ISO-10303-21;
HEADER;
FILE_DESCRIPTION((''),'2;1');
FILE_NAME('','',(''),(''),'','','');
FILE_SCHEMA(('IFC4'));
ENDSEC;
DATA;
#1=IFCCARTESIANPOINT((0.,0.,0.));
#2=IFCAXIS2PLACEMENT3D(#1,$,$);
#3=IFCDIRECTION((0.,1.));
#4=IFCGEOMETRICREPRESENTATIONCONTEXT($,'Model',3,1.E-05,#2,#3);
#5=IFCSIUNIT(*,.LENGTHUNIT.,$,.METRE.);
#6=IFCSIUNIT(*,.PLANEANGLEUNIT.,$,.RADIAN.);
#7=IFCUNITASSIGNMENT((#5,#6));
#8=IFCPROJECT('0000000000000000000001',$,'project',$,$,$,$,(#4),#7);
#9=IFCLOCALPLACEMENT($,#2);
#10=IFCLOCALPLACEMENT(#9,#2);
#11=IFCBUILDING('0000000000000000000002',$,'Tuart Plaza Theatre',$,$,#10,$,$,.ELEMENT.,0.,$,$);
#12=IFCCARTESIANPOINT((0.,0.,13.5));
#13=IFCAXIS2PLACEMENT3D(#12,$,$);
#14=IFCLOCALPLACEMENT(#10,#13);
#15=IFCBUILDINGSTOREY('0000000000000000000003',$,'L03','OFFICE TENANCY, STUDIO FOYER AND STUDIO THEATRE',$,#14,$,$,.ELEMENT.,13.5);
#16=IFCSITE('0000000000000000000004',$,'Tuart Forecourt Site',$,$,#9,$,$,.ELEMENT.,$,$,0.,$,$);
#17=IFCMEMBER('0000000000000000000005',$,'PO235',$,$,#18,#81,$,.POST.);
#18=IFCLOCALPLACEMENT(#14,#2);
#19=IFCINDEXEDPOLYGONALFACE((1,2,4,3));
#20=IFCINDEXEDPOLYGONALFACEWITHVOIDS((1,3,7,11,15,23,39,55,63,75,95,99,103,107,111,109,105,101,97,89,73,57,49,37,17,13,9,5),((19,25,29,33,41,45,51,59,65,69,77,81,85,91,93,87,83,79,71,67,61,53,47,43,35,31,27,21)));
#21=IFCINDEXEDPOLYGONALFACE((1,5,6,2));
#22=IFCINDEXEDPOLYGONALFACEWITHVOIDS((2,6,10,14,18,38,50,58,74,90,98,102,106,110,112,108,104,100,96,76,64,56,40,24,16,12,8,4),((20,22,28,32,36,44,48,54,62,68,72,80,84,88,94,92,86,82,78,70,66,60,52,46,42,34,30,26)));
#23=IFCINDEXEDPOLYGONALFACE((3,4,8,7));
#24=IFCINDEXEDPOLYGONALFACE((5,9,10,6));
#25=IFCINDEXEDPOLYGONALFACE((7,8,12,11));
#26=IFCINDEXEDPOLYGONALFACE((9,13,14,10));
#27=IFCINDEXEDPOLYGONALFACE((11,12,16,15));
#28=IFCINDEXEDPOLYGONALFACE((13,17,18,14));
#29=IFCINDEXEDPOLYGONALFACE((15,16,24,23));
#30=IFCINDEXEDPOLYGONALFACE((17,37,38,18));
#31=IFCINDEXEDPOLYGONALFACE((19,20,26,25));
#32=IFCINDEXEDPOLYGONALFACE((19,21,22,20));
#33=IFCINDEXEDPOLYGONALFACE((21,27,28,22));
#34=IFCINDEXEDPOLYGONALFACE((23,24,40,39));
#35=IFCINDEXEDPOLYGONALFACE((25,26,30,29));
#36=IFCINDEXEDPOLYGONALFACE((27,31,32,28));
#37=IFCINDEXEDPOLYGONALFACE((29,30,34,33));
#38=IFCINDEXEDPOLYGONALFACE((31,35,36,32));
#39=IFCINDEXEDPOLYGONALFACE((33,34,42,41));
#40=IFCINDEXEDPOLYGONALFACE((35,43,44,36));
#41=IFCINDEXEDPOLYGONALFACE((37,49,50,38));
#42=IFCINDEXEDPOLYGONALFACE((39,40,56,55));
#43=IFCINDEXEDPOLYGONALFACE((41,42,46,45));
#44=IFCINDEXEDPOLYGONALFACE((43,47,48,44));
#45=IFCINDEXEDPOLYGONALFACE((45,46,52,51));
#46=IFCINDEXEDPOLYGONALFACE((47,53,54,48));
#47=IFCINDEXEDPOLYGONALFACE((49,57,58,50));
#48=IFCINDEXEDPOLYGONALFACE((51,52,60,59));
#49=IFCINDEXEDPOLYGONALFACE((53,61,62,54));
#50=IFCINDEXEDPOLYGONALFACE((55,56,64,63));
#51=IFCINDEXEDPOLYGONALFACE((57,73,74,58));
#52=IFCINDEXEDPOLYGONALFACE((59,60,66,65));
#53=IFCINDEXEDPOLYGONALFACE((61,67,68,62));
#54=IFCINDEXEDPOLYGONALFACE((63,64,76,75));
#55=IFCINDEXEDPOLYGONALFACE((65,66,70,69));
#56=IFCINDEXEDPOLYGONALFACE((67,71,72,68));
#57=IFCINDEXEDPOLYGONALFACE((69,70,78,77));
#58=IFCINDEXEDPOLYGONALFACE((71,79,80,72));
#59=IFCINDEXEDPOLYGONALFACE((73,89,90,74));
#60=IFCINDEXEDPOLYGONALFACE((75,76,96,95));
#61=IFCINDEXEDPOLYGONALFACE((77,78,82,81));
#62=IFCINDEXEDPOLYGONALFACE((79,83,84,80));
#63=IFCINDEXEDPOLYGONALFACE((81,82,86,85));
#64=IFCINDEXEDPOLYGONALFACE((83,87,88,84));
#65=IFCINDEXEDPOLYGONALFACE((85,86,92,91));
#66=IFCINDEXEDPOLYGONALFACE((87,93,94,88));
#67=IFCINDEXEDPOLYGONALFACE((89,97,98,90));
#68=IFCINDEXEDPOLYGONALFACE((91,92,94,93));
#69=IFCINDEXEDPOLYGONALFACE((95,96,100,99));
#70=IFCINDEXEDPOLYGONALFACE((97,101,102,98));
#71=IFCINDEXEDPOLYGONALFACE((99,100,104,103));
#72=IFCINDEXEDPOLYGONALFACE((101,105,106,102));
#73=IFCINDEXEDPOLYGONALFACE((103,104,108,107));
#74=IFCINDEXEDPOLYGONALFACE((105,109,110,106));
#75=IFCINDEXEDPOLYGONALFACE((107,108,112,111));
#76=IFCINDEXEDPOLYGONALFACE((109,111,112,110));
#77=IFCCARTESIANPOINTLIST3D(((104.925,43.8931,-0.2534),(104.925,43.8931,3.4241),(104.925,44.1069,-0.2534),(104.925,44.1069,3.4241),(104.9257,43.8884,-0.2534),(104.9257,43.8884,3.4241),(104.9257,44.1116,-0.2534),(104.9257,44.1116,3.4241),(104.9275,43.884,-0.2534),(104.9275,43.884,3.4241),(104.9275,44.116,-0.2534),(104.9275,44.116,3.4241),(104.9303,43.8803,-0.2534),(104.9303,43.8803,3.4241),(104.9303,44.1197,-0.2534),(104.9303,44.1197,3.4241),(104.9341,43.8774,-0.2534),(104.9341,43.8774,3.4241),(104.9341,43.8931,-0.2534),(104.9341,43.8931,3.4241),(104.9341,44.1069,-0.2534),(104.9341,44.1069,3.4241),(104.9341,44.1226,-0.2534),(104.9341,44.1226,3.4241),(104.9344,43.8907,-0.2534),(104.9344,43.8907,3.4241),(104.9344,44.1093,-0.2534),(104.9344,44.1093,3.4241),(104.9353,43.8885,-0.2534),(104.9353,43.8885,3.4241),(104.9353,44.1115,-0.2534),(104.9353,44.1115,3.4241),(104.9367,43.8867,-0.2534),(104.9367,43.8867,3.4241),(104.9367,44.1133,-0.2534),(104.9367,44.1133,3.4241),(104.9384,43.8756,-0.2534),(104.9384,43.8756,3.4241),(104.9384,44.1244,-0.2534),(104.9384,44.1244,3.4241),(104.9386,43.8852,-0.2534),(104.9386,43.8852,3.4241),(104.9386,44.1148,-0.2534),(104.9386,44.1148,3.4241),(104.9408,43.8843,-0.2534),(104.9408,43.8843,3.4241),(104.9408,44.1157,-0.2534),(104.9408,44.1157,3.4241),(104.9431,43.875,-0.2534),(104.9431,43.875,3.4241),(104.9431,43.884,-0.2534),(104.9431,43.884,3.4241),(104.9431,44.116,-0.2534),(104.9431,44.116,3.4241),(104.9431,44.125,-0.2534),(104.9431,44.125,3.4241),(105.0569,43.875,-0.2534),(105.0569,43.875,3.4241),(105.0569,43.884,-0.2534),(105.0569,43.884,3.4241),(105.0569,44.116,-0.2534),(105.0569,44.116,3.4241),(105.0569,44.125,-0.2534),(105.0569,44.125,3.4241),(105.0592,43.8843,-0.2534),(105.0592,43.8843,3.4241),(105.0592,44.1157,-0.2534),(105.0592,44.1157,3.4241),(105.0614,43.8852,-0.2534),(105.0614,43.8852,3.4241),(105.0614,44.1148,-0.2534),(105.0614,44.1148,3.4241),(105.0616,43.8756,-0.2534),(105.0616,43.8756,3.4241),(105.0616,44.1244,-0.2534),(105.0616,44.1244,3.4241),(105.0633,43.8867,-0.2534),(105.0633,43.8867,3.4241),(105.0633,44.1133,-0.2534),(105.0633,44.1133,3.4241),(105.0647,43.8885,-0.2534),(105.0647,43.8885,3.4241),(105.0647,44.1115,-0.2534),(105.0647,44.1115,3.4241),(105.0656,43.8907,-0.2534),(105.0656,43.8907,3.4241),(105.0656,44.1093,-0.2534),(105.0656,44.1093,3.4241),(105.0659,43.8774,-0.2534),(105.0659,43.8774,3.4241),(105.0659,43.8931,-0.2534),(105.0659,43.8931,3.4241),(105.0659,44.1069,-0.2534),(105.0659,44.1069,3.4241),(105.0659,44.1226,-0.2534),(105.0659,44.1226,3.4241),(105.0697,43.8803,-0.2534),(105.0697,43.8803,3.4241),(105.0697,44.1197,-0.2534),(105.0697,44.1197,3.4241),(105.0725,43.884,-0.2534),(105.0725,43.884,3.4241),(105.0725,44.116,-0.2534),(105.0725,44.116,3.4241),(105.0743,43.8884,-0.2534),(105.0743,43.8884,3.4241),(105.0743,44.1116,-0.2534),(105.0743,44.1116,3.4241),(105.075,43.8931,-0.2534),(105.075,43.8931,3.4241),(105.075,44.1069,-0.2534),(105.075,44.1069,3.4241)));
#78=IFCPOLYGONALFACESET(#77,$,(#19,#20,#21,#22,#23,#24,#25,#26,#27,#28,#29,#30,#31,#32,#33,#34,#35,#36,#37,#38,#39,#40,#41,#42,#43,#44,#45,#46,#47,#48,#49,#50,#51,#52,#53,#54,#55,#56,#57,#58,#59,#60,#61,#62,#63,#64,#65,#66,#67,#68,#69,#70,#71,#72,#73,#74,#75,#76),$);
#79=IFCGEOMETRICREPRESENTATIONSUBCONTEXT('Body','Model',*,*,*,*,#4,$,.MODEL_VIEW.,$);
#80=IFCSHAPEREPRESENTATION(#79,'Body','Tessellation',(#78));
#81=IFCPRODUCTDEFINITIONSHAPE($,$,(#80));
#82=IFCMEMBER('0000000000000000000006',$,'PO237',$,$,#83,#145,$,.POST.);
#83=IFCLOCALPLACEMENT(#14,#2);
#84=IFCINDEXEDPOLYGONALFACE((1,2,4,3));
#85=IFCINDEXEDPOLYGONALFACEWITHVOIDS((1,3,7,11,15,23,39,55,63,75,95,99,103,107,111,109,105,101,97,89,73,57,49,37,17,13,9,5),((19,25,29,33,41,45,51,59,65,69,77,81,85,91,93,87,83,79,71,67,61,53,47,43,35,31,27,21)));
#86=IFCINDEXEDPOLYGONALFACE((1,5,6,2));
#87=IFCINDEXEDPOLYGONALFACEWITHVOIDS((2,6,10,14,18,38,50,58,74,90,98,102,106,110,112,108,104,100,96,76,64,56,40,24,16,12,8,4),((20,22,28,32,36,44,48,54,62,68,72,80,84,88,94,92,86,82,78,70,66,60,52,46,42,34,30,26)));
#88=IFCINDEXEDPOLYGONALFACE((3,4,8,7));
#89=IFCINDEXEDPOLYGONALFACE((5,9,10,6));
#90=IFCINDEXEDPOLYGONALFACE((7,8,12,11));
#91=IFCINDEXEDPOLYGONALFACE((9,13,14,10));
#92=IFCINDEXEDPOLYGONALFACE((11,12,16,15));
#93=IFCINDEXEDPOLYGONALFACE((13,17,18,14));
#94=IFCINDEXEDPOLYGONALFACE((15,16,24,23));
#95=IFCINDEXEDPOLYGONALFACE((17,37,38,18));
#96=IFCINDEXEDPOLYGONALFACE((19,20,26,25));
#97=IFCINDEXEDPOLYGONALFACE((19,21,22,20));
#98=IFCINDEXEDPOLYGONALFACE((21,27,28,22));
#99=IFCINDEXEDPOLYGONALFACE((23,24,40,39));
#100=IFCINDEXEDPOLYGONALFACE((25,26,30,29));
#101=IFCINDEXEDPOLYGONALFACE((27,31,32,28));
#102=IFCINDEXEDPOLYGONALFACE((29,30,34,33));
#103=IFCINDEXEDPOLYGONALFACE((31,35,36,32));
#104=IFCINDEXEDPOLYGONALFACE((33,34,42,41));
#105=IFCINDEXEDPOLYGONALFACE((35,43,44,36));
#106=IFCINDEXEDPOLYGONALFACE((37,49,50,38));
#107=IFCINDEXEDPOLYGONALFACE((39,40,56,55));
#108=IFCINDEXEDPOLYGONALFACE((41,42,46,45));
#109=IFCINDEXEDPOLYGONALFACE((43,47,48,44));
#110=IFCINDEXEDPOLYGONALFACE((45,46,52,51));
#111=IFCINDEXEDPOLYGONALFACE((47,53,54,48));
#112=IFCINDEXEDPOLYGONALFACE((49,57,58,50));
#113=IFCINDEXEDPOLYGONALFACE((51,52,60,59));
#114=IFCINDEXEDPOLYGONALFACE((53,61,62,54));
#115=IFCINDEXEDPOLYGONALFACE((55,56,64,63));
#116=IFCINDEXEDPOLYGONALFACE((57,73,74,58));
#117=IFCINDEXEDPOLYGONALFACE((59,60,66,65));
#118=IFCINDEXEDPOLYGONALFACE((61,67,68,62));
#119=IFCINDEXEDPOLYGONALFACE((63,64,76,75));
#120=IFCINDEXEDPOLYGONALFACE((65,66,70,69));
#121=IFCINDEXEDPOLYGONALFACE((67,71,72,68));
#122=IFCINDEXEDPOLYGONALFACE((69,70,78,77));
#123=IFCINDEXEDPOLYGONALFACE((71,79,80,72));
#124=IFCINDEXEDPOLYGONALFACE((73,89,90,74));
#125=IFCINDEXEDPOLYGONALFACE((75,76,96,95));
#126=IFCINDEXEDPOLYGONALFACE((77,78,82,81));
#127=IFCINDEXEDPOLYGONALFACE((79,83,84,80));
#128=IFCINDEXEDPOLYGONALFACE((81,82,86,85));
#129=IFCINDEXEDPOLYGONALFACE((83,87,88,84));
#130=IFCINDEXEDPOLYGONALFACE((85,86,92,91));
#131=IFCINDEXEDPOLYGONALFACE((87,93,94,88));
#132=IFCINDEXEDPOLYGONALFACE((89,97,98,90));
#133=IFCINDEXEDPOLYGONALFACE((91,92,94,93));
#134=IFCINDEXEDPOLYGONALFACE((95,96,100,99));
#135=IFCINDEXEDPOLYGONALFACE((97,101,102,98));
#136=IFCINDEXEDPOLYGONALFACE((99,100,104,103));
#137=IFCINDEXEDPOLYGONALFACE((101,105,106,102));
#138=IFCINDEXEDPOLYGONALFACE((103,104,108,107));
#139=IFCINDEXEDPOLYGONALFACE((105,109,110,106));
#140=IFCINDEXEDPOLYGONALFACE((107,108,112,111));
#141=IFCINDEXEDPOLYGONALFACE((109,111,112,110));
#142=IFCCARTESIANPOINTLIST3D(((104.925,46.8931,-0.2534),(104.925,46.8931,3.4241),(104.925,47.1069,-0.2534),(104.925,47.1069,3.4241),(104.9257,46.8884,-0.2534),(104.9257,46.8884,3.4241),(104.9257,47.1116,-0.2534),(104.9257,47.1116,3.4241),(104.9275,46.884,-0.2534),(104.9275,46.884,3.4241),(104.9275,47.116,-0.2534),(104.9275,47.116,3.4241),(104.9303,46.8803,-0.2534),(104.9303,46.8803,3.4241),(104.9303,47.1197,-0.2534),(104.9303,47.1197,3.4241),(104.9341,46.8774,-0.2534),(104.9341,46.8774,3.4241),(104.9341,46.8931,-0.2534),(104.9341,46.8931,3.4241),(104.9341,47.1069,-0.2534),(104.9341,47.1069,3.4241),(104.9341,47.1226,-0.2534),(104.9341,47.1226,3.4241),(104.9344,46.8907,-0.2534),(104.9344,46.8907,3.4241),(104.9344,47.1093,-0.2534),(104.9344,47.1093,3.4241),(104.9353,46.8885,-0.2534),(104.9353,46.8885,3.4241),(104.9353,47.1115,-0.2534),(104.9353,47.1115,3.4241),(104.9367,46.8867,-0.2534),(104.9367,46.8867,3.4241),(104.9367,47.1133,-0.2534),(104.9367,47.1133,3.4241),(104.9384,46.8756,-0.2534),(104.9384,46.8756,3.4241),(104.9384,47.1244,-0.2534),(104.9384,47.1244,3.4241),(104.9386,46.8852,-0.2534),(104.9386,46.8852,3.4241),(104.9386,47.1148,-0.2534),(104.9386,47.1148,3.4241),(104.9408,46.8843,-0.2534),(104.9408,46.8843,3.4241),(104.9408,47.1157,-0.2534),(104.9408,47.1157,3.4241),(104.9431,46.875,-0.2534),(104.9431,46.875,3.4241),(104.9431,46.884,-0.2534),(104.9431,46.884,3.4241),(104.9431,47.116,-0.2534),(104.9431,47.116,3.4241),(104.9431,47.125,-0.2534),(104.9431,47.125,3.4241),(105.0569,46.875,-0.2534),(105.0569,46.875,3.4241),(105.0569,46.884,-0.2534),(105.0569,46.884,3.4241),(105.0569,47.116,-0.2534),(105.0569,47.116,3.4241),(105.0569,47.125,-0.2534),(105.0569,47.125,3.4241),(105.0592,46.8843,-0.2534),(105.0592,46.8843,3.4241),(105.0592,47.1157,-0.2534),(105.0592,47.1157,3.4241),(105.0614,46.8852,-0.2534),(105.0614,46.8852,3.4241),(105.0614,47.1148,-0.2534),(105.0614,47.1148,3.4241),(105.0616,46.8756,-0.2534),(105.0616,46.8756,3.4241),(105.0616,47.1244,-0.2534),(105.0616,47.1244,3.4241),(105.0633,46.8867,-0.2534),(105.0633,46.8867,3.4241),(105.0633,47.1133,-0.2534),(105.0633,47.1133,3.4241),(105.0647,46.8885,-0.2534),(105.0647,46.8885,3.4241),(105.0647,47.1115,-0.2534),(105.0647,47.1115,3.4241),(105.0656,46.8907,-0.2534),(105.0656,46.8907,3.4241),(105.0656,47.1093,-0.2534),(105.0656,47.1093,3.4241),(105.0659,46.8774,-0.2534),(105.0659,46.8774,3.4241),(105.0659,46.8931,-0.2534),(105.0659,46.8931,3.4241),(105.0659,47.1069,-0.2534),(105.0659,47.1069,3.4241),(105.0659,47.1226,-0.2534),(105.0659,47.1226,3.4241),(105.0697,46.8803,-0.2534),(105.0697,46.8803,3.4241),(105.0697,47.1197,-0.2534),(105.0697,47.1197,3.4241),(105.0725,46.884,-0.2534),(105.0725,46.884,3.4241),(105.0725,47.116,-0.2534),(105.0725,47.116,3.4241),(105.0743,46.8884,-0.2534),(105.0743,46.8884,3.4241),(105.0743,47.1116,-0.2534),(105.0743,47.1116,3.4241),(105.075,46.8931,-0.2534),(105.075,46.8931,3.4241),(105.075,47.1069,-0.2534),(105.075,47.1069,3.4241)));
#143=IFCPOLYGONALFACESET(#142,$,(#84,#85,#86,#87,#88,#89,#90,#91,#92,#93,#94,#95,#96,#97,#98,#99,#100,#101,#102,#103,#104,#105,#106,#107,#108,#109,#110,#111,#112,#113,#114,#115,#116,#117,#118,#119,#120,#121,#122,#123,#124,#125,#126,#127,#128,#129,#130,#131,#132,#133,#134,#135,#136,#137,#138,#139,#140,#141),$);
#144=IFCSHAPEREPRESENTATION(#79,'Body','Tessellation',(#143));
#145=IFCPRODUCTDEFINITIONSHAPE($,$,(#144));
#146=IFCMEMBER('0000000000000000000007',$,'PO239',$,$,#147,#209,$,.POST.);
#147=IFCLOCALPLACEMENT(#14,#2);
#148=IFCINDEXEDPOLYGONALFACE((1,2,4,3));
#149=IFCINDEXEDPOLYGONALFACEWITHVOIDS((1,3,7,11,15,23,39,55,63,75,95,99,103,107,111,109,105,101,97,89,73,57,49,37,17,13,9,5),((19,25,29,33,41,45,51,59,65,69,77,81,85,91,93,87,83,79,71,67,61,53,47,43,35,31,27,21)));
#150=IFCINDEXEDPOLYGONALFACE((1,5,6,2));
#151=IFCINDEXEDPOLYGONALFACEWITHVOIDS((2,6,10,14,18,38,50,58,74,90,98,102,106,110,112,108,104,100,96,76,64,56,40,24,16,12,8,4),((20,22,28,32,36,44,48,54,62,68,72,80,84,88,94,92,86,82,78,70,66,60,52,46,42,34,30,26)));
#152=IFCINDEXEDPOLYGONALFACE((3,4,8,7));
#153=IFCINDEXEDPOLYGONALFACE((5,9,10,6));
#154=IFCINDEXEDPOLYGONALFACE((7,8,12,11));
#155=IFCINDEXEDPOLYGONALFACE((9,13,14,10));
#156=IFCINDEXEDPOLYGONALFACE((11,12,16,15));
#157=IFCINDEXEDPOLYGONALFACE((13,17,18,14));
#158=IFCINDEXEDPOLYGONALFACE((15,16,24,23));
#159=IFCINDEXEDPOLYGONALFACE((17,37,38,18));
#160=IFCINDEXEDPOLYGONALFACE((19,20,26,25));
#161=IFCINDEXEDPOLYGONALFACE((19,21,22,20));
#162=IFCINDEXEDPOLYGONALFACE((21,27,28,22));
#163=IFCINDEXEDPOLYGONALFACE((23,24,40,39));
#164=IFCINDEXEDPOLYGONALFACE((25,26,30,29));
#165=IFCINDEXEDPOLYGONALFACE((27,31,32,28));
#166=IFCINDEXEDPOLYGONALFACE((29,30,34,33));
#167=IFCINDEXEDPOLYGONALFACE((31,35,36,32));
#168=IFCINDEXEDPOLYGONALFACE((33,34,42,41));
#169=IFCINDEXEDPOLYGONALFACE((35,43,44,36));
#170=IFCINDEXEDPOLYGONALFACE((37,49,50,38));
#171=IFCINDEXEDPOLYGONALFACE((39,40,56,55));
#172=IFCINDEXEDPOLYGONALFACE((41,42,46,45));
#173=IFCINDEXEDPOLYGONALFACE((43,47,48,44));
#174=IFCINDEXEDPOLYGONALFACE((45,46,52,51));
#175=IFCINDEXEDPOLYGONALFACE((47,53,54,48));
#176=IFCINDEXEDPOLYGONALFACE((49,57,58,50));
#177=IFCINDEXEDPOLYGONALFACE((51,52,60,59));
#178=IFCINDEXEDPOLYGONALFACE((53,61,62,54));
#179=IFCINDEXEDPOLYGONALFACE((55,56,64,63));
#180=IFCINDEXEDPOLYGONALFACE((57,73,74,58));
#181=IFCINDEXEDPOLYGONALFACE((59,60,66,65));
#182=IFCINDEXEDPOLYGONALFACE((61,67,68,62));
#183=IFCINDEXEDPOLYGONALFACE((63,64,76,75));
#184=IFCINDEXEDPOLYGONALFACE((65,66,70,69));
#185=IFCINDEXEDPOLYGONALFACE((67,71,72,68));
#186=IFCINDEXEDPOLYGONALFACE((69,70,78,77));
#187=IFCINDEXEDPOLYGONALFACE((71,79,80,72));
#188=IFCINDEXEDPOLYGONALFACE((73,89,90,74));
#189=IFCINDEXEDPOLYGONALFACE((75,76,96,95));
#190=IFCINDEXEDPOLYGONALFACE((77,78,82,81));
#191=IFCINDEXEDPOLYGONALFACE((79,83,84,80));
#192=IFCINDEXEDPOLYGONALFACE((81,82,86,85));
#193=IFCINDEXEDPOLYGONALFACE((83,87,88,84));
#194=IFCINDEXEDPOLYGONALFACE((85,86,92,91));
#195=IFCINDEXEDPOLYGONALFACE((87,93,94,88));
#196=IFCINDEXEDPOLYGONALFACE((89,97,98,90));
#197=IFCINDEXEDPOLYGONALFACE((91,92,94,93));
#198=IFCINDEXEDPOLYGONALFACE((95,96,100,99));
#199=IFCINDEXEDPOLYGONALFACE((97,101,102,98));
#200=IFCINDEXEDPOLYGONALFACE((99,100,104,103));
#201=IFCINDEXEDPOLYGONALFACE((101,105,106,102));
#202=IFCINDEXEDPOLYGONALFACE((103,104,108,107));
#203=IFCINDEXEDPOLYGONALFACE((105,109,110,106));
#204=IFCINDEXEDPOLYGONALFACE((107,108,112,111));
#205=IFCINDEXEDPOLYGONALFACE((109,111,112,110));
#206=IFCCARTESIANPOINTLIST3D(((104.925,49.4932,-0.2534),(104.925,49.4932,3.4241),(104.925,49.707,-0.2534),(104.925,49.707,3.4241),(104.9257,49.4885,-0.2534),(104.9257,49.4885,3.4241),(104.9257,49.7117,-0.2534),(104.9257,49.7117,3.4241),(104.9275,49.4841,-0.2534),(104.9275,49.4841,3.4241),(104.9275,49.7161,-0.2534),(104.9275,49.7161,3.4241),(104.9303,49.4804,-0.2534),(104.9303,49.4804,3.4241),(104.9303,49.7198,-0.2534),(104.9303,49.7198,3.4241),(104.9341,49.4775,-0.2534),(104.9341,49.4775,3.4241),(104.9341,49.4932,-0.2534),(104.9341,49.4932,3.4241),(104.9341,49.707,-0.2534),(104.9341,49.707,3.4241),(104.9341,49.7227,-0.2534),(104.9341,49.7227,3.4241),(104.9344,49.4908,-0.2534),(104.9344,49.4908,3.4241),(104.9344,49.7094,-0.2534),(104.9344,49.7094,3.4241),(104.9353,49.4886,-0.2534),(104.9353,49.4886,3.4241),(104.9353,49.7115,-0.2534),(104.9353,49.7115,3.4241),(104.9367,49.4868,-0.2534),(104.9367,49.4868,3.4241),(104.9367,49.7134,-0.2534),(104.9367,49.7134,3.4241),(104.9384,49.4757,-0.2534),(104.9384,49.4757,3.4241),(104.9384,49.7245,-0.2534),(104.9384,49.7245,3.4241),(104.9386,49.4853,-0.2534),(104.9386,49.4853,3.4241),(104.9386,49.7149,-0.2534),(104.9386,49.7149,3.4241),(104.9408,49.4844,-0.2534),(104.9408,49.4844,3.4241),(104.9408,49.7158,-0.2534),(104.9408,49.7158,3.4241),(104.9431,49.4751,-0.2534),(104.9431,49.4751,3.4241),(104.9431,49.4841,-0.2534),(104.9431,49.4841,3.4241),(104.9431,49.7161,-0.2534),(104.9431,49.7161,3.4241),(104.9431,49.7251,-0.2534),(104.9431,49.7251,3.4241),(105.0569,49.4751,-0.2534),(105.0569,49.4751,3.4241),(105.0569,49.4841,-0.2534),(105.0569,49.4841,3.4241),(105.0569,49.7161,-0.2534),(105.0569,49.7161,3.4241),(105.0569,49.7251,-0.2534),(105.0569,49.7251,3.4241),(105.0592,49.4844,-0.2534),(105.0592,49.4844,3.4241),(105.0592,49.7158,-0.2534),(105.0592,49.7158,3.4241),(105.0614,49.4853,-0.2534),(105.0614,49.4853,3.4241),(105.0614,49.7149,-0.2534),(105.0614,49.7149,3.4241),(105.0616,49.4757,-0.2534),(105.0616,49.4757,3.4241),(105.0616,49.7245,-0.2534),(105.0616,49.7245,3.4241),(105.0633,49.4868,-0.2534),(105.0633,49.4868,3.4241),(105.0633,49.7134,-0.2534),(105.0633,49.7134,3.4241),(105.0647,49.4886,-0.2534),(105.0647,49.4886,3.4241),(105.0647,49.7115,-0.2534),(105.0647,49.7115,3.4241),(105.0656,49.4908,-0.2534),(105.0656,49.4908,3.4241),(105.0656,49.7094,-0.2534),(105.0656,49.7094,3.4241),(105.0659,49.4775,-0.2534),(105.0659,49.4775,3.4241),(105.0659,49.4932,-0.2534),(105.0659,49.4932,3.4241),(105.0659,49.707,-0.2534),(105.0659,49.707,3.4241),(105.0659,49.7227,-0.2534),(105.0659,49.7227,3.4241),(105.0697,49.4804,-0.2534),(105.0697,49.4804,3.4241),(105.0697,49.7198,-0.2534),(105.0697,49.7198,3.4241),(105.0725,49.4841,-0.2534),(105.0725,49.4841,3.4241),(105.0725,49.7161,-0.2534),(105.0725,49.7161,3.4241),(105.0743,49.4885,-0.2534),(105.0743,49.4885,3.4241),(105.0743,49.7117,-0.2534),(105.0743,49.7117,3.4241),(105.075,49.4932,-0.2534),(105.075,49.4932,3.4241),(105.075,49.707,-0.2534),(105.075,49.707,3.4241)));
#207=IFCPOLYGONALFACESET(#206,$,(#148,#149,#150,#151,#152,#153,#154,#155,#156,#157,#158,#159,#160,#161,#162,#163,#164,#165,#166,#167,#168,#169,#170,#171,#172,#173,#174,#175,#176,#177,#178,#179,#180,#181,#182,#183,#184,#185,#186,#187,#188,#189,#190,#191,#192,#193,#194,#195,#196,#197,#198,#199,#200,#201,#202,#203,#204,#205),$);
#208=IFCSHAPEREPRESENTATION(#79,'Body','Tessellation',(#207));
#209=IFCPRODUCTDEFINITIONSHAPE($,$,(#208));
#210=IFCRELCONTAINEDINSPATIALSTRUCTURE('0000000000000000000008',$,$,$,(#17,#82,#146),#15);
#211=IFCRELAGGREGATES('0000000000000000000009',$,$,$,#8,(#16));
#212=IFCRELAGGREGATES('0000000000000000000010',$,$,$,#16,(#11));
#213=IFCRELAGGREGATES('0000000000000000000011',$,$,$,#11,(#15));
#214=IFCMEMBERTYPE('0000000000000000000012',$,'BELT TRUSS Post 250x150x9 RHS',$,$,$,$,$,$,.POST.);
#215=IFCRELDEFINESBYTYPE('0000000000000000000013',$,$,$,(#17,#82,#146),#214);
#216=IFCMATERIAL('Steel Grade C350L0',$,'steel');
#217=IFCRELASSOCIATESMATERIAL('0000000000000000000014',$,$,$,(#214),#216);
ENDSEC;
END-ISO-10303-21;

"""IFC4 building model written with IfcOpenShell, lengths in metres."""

from ifc_helpers import new_model, si_unit, direction, frame, origin, origin_2d, place, context, subcontext, project, spatial, hollow_rectangle, extrude, material, material_profile, profile_set, type_object, element, save


model = new_model("IFC4")

# Units and contexts
model_context = context("Model", 3, precision=1e-05, world=origin(), true_north=direction((0.0, 1.0)))
body_context = subcontext(model_context, "Body", "Model", "MODEL_VIEW")
ifc_project = project(units=[si_unit("LENGTHUNIT", "METRE"), si_unit("PLANEANGLEUNIT", "RADIAN")], contexts=[model_context])

# Site, building, storey
site_placement = place(None, origin())
site = spatial("IfcSite", under=ifc_project, at=site_placement, Name="Tuart Forecourt Site", CompositionType="ELEMENT", RefElevation=0.0)
building_placement = place(site_placement, origin())
building = spatial("IfcBuilding", under=site, at=building_placement, Name="Tuart Plaza Theatre", CompositionType="ELEMENT", ElevationOfRefHeight=0.0)
storey_placement = place(building_placement, frame((0.0, 0.0, 13.5)))
storey = spatial("IfcBuildingStorey", under=building, at=storey_placement, Name="L03", Description="OFFICE TENANCY, STUDIO FOYER AND STUDIO THEATRE", CompositionType="ELEMENT", Elevation=13.5)

# Members
ifc_material_1 = material(Name="Steel Grade C350L0", Category="steel")
ifc_material_profile_1 = material_profile(ifc_material_1, hollow_rectangle(XDim=0.1499, YDim=0.25, WallThickness=0.009, InnerFilletRadius=0.009, OuterFilletRadius=0.0181, at=origin_2d()), Name="250x150x9 RHS")
ifc_profile_set_1 = profile_set([ifc_material_profile_1], Name="Steel Grade C350L0")
member_type_1 = type_object("IfcMemberType", Name="BELT TRUSS Post 250x150x9 RHS", PredefinedType="POST", material=ifc_profile_set_1)
for number, where, z_axis, x_axis, name in (
    (1, (105.0, 44.0, -0.2534), (0.0, 0.0, 1.0), (1.0, 0.0, 0.0), "PO235"),
    (2, (105.0, 47.0, -0.2534), (0.0, 0.0, 1.0), (1.0, 0.0, 0.0), "PO237"),
    (3, (105.0, 49.6001, -0.2534), (0.0, 0.0, 1.0), (1.0, 0.0, 0.0), "PO239"),
):
    element("IfcMember", number, at=place(storey_placement, frame(where, z_axis=z_axis, x_axis=x_axis)), inside=storey, type_object=member_type_1, Name=name, PredefinedType="POST", context=body_context, shape_type="SweptSolid", body=[
        extrude(hollow_rectangle(XDim=0.1499, YDim=0.25, WallThickness=0.009, InnerFilletRadius=0.009, OuterFilletRadius=0.0181, at=origin_2d()), origin(), (0.0, 0.0, 1.0), 3.6775),
    ])

save(model, "model.ifc")
